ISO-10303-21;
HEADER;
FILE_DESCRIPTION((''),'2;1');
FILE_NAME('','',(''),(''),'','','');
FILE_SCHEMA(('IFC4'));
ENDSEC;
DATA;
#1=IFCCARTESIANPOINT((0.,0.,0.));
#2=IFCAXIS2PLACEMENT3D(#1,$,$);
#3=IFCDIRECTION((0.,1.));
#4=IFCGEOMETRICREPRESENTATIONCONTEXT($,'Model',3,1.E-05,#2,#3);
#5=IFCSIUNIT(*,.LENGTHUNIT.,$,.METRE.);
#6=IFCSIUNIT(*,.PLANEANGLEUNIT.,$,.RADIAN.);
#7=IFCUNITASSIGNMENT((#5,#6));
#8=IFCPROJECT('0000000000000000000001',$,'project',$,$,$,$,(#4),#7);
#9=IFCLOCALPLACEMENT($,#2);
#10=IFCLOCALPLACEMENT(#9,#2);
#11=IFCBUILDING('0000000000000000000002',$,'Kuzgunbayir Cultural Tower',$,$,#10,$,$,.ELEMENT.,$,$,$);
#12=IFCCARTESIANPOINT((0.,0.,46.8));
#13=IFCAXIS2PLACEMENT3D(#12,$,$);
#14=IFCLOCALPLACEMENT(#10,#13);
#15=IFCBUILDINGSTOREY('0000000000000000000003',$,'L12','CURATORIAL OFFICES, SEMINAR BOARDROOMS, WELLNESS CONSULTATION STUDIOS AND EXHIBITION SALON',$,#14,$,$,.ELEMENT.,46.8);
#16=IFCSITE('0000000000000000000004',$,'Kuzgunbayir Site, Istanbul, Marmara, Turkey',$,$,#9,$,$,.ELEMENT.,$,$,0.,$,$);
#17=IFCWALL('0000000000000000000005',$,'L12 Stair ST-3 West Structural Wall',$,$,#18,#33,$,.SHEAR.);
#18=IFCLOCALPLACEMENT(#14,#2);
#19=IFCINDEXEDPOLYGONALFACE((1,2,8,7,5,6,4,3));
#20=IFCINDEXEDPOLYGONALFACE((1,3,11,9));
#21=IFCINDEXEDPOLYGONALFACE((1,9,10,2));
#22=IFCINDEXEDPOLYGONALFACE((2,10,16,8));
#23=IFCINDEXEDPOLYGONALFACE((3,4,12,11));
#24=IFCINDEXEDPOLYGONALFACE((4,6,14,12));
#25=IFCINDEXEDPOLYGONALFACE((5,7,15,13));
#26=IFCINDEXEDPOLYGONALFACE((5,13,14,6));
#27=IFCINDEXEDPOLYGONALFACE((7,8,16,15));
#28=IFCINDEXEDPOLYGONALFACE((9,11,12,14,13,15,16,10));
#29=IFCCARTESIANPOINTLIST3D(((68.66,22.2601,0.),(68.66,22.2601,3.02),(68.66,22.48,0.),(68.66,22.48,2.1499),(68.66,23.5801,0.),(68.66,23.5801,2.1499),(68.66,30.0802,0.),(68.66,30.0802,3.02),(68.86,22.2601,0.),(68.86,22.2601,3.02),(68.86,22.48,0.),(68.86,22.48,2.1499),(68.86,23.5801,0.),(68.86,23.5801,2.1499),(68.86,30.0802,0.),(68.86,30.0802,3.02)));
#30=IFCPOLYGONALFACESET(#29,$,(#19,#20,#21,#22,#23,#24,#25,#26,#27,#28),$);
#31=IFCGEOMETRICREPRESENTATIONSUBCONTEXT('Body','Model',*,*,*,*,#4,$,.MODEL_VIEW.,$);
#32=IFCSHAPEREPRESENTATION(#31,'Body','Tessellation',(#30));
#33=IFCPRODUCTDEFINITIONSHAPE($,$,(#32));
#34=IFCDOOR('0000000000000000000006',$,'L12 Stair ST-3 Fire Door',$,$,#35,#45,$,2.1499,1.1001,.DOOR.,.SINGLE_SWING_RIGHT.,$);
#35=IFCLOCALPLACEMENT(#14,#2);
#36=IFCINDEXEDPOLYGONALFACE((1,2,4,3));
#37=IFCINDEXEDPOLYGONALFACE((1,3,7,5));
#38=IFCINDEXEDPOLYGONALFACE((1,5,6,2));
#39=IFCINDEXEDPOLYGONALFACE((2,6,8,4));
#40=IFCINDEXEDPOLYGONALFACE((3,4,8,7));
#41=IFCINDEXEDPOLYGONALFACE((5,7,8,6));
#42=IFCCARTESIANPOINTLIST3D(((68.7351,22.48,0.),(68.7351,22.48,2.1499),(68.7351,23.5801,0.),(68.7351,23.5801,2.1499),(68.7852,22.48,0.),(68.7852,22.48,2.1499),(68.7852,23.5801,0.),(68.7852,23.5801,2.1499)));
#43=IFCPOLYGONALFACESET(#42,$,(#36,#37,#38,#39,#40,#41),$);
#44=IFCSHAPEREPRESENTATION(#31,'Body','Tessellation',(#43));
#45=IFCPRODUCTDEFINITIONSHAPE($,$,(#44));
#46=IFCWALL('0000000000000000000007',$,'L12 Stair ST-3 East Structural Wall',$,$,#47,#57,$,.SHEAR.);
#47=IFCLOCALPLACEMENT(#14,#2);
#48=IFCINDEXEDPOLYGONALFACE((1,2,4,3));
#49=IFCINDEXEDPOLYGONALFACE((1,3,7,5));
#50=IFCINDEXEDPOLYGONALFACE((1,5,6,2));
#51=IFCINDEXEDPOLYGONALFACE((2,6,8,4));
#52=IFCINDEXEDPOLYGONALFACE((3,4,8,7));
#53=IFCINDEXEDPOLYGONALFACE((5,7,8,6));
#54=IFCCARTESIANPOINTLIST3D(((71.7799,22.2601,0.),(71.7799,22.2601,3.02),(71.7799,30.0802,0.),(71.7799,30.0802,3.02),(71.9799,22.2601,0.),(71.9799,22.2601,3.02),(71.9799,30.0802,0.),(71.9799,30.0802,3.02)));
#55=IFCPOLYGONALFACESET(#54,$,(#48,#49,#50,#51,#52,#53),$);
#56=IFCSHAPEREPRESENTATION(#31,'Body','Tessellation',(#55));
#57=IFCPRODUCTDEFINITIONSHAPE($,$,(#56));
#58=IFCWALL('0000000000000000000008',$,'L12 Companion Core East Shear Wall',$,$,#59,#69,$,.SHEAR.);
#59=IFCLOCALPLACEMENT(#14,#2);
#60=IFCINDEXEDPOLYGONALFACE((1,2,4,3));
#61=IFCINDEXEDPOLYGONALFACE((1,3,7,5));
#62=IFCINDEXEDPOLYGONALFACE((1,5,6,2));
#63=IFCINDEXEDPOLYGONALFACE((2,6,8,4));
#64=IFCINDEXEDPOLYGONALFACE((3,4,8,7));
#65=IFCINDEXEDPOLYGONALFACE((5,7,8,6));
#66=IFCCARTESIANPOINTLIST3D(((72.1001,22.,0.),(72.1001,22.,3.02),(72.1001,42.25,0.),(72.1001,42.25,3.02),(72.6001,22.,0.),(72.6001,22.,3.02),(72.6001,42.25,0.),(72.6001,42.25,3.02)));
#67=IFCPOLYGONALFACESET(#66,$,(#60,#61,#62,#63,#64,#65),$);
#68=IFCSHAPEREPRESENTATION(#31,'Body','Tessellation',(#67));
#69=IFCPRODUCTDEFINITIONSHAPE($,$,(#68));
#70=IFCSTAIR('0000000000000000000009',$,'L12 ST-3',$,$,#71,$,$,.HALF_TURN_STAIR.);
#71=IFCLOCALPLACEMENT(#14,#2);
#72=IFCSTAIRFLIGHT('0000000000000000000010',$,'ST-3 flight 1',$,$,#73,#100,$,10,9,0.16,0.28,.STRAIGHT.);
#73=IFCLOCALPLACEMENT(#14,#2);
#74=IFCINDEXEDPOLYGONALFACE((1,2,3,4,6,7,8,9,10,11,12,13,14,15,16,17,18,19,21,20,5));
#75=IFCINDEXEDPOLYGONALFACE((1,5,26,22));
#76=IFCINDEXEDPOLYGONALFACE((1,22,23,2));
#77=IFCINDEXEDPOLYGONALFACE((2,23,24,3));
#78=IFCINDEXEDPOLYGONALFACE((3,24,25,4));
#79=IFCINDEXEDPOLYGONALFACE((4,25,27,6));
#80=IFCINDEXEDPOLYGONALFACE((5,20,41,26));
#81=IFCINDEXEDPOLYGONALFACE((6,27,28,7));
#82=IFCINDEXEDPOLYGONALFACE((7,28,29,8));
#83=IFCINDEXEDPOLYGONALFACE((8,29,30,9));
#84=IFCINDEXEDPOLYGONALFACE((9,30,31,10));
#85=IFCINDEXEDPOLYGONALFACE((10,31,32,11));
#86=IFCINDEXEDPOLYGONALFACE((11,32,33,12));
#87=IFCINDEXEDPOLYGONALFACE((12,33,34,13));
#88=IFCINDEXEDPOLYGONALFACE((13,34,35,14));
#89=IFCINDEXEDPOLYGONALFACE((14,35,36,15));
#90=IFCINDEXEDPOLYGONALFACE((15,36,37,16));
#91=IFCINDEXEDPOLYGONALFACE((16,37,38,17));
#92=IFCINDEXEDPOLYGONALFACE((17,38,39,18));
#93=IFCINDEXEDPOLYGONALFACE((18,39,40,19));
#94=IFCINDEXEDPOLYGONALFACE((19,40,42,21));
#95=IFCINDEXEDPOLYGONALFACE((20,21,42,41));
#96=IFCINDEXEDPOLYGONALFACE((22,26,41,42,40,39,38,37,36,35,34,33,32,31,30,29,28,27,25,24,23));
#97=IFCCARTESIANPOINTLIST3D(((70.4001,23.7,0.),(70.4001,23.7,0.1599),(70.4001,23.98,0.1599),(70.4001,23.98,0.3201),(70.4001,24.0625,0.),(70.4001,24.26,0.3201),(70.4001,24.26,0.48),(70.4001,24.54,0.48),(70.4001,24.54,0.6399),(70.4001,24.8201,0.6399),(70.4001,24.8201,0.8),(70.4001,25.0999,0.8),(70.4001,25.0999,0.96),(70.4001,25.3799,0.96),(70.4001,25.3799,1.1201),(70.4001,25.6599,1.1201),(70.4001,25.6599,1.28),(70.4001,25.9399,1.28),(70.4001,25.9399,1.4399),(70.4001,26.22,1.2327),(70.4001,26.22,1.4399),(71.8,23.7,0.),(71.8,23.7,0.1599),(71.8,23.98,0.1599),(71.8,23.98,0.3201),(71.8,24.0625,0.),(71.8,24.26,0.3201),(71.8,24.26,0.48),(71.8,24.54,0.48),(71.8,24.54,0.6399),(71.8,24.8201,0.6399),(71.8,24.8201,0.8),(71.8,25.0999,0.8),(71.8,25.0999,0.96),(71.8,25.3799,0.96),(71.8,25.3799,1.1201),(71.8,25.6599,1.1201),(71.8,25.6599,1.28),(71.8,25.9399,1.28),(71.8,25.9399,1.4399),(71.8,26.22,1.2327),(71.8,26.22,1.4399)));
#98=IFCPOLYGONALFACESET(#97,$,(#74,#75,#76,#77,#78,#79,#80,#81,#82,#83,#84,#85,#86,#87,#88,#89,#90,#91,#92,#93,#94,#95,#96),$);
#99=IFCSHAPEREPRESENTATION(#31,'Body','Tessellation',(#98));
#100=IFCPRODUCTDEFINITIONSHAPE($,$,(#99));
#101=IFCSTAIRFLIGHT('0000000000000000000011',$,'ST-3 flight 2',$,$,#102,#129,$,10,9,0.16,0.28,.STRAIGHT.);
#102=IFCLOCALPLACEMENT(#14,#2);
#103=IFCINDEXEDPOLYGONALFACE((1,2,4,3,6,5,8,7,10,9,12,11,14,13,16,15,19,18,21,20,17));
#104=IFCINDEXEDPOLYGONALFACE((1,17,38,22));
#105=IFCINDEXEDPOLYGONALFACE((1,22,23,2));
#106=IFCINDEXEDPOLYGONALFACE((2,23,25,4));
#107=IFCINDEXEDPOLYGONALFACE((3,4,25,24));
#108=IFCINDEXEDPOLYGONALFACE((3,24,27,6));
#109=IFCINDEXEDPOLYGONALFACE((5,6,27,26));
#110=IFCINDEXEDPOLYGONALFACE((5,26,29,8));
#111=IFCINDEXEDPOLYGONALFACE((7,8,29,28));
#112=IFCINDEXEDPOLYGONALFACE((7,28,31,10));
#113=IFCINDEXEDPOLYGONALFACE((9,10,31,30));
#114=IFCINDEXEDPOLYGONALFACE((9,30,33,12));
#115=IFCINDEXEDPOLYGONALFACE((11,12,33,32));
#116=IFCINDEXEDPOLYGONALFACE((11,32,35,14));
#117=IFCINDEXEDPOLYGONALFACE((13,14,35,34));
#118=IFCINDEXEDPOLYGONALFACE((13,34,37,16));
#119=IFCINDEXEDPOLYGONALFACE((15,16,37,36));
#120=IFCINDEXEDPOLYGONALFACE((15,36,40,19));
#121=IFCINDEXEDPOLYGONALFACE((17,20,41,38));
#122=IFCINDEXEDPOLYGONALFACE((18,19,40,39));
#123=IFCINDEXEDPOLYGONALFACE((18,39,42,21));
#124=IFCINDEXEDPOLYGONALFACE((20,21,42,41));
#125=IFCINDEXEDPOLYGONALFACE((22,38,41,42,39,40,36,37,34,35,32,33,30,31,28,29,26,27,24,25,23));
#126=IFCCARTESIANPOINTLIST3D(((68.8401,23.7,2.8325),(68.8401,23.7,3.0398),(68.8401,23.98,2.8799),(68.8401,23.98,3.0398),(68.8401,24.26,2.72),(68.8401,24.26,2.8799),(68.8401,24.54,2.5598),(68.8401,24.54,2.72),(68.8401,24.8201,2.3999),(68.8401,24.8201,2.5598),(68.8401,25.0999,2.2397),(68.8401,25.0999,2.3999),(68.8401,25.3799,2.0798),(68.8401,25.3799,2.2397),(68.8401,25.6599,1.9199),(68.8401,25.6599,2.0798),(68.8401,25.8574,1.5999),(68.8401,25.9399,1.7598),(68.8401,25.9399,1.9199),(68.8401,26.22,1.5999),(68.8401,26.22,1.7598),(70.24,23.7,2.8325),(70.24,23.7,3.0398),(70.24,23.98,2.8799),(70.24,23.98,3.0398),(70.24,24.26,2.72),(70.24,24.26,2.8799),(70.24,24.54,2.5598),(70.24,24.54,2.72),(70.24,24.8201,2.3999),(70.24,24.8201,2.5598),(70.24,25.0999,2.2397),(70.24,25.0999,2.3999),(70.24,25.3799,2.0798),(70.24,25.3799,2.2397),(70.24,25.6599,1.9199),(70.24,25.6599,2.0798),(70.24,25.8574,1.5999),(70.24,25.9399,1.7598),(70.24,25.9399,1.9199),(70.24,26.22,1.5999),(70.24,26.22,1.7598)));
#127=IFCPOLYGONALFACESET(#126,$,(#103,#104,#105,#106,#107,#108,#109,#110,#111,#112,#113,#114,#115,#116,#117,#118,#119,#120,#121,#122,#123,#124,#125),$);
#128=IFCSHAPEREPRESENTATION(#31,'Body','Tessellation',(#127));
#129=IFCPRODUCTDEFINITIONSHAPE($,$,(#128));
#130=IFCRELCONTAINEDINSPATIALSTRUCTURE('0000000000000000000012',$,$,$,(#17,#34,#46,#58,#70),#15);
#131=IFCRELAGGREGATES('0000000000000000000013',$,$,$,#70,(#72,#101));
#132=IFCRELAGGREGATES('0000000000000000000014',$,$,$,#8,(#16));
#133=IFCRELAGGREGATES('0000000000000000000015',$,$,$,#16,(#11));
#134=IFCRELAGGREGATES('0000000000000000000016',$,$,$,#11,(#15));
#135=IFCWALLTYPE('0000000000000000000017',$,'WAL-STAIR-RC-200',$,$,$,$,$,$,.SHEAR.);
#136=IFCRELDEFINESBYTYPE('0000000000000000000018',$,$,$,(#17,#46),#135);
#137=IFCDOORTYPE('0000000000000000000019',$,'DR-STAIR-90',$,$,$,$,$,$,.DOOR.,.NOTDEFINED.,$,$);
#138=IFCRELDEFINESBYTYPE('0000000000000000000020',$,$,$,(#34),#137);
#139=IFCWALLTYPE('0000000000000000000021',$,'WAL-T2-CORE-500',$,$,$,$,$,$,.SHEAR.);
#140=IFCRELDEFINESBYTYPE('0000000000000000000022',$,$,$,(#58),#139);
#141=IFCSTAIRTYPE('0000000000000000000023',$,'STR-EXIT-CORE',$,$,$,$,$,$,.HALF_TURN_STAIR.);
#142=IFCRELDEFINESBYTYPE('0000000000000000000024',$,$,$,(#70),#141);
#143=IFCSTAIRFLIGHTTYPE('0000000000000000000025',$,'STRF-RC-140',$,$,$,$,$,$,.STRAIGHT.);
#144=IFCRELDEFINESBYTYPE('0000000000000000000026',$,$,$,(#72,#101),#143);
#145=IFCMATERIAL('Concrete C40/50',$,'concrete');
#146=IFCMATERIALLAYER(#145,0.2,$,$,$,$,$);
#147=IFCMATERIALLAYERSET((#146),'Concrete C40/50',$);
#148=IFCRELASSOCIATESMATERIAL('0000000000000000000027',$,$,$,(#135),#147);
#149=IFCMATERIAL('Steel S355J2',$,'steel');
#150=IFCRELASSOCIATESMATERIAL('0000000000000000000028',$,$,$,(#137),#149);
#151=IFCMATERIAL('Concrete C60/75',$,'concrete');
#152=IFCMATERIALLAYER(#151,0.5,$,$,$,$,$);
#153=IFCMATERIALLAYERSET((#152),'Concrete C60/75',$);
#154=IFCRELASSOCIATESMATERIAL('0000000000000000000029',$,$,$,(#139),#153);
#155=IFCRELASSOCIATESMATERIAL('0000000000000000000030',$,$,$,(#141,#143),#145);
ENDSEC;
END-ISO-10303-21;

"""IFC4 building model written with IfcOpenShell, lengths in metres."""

from ifc_helpers import new_model, si_unit, direction, frame, frame_2d, origin, place, context, subcontext, project, spatial, polyline, rectangle, outline, extrude, material, layer, layer_set, type_object, element, fill, aggregate, save


model = new_model("IFC4")

# Units and contexts
model_context = context("Model", 3, precision=1e-05, world=origin(), true_north=direction((0.0, 1.0)))
body_context = subcontext(model_context, "Body", "Model", "MODEL_VIEW")
ifc_project = project(units=[si_unit("LENGTHUNIT", "METRE"), si_unit("PLANEANGLEUNIT", "RADIAN")], contexts=[model_context])

# Site, building, storey
site_placement = place(None, origin())
site = spatial("IfcSite", under=ifc_project, at=site_placement, Name="Kuzgunbayir Site, Istanbul, Marmara, Turkey", CompositionType="ELEMENT", RefElevation=0.0)
building_placement = place(site_placement, origin())
building = spatial("IfcBuilding", under=site, at=building_placement, Name="Kuzgunbayir Cultural Tower", CompositionType="ELEMENT")
storey_placement = place(building_placement, frame((0.0, 0.0, 46.8)))
storey = spatial("IfcBuildingStorey", under=building, at=storey_placement, Name="L12", Description="CURATORIAL OFFICES, SEMINAR BOARDROOMS, WELLNESS CONSULTATION STUDIOS AND EXHIBITION SALON", CompositionType="ELEMENT", Elevation=46.8)

# Shared definitions
ifc_material_1 = material(Name="Concrete C60/75", Category="concrete")

# Shared definitions
ifc_material_2 = material(Name="Steel S355J2", Category="steel")

# Wall, opening, door
ifc_material_3 = material(Name="Concrete C40/50", Category="concrete")
ifc_layer_1 = layer(ifc_material_3, 0.2)
ifc_layer_set_1 = layer_set([ifc_layer_1], Name="Concrete C40/50")
wall_type_1 = type_object("IfcWallType", Name="WAL-STAIR-RC-200", PredefinedType="SHEAR", material=ifc_layer_set_1)
wall_1_placement = place(storey_placement, frame((68.76, 22.26, 0.0), z_axis=(0.0, 0.0, 1.0), x_axis=(0.0, 1.0, 0.0)))
wall_1 = element("IfcWall", 1, at=wall_1_placement, inside=storey, type_object=wall_type_1, Name="L12 Stair ST-3 West Structural Wall", PredefinedType="SHEAR", context=body_context, shape_type="SweptSolid", body=[
    extrude(rectangle(XDim=7.8201, YDim=0.2, at=frame_2d((3.9102, 0.0))), origin(), (0.0, 0.0, 1.0), 3.02),
])
opening_1_placement = place(wall_1_placement, frame((0.22, 0.0, 0.0)))
opening_1 = element("IfcOpeningElement", 2, at=opening_1_placement, cuts=wall_1, PredefinedType="OPENING", context=body_context, shape_type="SweptSolid", body=[
    extrude(rectangle(XDim=1.1001, YDim=2.1499, at=frame_2d((0.55, 1.075))), frame((0.0, 0.1099, 0.0), z_axis=(0.0, -1.0, 0.0), x_axis=(1.0, 0.0, 0.0)), (0.0, 0.0, 1.0), 0.22),
])
door_type_1 = type_object("IfcDoorType", Name="DR-STAIR-90", OperationType="NOTDEFINED", PredefinedType="DOOR", material=ifc_material_2)
door_1_placement = place(opening_1_placement, origin())
door_1 = element("IfcDoor", 3, at=door_1_placement, inside=storey, type_object=door_type_1, Name="L12 Stair ST-3 Fire Door", OperationType="SINGLE_SWING_RIGHT", OverallHeight=2.1499, OverallWidth=1.1001, PredefinedType="DOOR", context=body_context, shape_type="SweptSolid", body=[
    extrude(rectangle(XDim=1.1001, YDim=2.1499, at=frame_2d((0.55, 1.075))), frame((0.0, 0.0249, 0.0), z_axis=(0.0, -1.0, 0.0), x_axis=(1.0, 0.0, 0.0)), (0.0, 0.0, 1.0), 0.05),
])
fill(opening_1, door_1)

# Walls
wall_2_placement = place(storey_placement, frame((71.8799, 22.26, 0.0), z_axis=(0.0, 0.0, 1.0), x_axis=(0.0, 1.0, 0.0)))
element("IfcWall", 4, at=wall_2_placement, inside=storey, type_object=wall_type_1, Name="L12 Stair ST-3 East Structural Wall", PredefinedType="SHEAR", context=body_context, shape_type="SweptSolid", body=[
    extrude(rectangle(XDim=7.8201, YDim=0.2, at=frame_2d((3.9102, 0.0))), origin(), (0.0, 0.0, 1.0), 3.02),
])
ifc_layer_2 = layer(ifc_material_1, 0.5)
ifc_layer_set_2 = layer_set([ifc_layer_2], Name="Concrete C60/75")
wall_type_2 = type_object("IfcWallType", Name="WAL-T2-CORE-500", PredefinedType="SHEAR", material=ifc_layer_set_2)
wall_3_placement = place(storey_placement, frame((72.3501, 22.0, 0.0), z_axis=(0.0, 0.0, 1.0), x_axis=(0.0, 1.0, 0.0)))
element("IfcWall", 5, at=wall_3_placement, inside=storey, type_object=wall_type_2, Name="L12 Companion Core East Shear Wall", PredefinedType="SHEAR", context=body_context, shape_type="SweptSolid", body=[
    extrude(rectangle(XDim=20.25, YDim=0.5, at=frame_2d((10.125, 0.0))), origin(), (0.0, 0.0, 1.0), 3.02),
])

# Stair, stair flights
stair_type = type_object("IfcStairType", Name="STR-EXIT-CORE", PredefinedType="HALF_TURN_STAIR", material=ifc_material_3)
stair_placement = place(storey_placement, origin())
stair = element("IfcStair", 6, at=stair_placement, inside=storey, type_object=stair_type, Name="L12 ST-3", PredefinedType="HALF_TURN_STAIR")
stair_flight_type = type_object("IfcStairFlightType", Name="STRF-RC-140", PredefinedType="STRAIGHT", material=ifc_material_3)
stair_flight_1_placement = place(storey_placement, frame((71.1001, 23.7, 0.0), z_axis=(0.0, 0.0, 1.0), x_axis=(0.0, 1.0, 0.0)))
stair_flight_1 = element("IfcStairFlight", 7, at=stair_flight_1_placement, type_object=stair_flight_type, Name="ST-3 flight 1", NumberOfRisers=10, NumberOfTreads=9, PredefinedType="STRAIGHT", RiserHeight=0.16, TreadLength=0.28, context=body_context, shape_type="SweptSolid", body=[
    extrude(outline(polyline([(0.0, 0.0), (0.0, 0.1599), (0.28, 0.1599), (0.28, 0.3201), (0.5601, 0.3201), (0.5601, 0.48), (0.8401, 0.48), (0.8401, 0.6399), (1.1201, 0.6399), (1.1201, 0.8), (1.3999, 0.8), (1.3999, 0.96), (1.6799, 0.96), (1.6799, 1.1201), (1.96, 1.1201), (1.96, 1.28), (2.24, 1.28), (2.24, 1.4399), (2.52, 1.4399), (2.52, 1.6001), (2.52, 1.2327), (0.3625, 0.0), (0.0, 0.0)])), frame((0.0, 0.7, 0.0), z_axis=(0.0, -1.0, 0.0), x_axis=(1.0, 0.0, 0.0)), (0.0, 0.0, 1.0), 1.3999),
])
stair_flight_2_placement = place(storey_placement, frame((69.54, 26.22, 1.5999), z_axis=(0.0, 0.0, 1.0), x_axis=(0.0, -1.0, 0.0)))
stair_flight_2 = element("IfcStairFlight", 8, at=stair_flight_2_placement, type_object=stair_flight_type, Name="ST-3 flight 2", NumberOfRisers=10, NumberOfTreads=9, PredefinedType="STRAIGHT", RiserHeight=0.16, TreadLength=0.28, context=body_context, shape_type="SweptSolid", body=[
    extrude(outline(polyline([(0.0, 0.0), (0.0, 0.1599), (0.28, 0.1599), (0.28, 0.3201), (0.5601, 0.3201), (0.5601, 0.48), (0.8401, 0.48), (0.8401, 0.6399), (1.1201, 0.6399), (1.1201, 0.8), (1.3999, 0.8), (1.3999, 0.96), (1.6799, 0.96), (1.6799, 1.1201), (1.96, 1.1201), (1.96, 1.28), (2.24, 1.28), (2.24, 1.4399), (2.52, 1.4399), (2.52, 1.6001), (2.52, 1.2327), (0.3625, 0.0), (0.0, 0.0)])), frame((0.0, 0.7, 0.0), z_axis=(0.0, -1.0, 0.0), x_axis=(1.0, 0.0, 0.0)), (0.0, 0.0, 1.0), 1.3999),
])
aggregate(stair, [stair_flight_1, stair_flight_2])

save(model, "model.ifc")
